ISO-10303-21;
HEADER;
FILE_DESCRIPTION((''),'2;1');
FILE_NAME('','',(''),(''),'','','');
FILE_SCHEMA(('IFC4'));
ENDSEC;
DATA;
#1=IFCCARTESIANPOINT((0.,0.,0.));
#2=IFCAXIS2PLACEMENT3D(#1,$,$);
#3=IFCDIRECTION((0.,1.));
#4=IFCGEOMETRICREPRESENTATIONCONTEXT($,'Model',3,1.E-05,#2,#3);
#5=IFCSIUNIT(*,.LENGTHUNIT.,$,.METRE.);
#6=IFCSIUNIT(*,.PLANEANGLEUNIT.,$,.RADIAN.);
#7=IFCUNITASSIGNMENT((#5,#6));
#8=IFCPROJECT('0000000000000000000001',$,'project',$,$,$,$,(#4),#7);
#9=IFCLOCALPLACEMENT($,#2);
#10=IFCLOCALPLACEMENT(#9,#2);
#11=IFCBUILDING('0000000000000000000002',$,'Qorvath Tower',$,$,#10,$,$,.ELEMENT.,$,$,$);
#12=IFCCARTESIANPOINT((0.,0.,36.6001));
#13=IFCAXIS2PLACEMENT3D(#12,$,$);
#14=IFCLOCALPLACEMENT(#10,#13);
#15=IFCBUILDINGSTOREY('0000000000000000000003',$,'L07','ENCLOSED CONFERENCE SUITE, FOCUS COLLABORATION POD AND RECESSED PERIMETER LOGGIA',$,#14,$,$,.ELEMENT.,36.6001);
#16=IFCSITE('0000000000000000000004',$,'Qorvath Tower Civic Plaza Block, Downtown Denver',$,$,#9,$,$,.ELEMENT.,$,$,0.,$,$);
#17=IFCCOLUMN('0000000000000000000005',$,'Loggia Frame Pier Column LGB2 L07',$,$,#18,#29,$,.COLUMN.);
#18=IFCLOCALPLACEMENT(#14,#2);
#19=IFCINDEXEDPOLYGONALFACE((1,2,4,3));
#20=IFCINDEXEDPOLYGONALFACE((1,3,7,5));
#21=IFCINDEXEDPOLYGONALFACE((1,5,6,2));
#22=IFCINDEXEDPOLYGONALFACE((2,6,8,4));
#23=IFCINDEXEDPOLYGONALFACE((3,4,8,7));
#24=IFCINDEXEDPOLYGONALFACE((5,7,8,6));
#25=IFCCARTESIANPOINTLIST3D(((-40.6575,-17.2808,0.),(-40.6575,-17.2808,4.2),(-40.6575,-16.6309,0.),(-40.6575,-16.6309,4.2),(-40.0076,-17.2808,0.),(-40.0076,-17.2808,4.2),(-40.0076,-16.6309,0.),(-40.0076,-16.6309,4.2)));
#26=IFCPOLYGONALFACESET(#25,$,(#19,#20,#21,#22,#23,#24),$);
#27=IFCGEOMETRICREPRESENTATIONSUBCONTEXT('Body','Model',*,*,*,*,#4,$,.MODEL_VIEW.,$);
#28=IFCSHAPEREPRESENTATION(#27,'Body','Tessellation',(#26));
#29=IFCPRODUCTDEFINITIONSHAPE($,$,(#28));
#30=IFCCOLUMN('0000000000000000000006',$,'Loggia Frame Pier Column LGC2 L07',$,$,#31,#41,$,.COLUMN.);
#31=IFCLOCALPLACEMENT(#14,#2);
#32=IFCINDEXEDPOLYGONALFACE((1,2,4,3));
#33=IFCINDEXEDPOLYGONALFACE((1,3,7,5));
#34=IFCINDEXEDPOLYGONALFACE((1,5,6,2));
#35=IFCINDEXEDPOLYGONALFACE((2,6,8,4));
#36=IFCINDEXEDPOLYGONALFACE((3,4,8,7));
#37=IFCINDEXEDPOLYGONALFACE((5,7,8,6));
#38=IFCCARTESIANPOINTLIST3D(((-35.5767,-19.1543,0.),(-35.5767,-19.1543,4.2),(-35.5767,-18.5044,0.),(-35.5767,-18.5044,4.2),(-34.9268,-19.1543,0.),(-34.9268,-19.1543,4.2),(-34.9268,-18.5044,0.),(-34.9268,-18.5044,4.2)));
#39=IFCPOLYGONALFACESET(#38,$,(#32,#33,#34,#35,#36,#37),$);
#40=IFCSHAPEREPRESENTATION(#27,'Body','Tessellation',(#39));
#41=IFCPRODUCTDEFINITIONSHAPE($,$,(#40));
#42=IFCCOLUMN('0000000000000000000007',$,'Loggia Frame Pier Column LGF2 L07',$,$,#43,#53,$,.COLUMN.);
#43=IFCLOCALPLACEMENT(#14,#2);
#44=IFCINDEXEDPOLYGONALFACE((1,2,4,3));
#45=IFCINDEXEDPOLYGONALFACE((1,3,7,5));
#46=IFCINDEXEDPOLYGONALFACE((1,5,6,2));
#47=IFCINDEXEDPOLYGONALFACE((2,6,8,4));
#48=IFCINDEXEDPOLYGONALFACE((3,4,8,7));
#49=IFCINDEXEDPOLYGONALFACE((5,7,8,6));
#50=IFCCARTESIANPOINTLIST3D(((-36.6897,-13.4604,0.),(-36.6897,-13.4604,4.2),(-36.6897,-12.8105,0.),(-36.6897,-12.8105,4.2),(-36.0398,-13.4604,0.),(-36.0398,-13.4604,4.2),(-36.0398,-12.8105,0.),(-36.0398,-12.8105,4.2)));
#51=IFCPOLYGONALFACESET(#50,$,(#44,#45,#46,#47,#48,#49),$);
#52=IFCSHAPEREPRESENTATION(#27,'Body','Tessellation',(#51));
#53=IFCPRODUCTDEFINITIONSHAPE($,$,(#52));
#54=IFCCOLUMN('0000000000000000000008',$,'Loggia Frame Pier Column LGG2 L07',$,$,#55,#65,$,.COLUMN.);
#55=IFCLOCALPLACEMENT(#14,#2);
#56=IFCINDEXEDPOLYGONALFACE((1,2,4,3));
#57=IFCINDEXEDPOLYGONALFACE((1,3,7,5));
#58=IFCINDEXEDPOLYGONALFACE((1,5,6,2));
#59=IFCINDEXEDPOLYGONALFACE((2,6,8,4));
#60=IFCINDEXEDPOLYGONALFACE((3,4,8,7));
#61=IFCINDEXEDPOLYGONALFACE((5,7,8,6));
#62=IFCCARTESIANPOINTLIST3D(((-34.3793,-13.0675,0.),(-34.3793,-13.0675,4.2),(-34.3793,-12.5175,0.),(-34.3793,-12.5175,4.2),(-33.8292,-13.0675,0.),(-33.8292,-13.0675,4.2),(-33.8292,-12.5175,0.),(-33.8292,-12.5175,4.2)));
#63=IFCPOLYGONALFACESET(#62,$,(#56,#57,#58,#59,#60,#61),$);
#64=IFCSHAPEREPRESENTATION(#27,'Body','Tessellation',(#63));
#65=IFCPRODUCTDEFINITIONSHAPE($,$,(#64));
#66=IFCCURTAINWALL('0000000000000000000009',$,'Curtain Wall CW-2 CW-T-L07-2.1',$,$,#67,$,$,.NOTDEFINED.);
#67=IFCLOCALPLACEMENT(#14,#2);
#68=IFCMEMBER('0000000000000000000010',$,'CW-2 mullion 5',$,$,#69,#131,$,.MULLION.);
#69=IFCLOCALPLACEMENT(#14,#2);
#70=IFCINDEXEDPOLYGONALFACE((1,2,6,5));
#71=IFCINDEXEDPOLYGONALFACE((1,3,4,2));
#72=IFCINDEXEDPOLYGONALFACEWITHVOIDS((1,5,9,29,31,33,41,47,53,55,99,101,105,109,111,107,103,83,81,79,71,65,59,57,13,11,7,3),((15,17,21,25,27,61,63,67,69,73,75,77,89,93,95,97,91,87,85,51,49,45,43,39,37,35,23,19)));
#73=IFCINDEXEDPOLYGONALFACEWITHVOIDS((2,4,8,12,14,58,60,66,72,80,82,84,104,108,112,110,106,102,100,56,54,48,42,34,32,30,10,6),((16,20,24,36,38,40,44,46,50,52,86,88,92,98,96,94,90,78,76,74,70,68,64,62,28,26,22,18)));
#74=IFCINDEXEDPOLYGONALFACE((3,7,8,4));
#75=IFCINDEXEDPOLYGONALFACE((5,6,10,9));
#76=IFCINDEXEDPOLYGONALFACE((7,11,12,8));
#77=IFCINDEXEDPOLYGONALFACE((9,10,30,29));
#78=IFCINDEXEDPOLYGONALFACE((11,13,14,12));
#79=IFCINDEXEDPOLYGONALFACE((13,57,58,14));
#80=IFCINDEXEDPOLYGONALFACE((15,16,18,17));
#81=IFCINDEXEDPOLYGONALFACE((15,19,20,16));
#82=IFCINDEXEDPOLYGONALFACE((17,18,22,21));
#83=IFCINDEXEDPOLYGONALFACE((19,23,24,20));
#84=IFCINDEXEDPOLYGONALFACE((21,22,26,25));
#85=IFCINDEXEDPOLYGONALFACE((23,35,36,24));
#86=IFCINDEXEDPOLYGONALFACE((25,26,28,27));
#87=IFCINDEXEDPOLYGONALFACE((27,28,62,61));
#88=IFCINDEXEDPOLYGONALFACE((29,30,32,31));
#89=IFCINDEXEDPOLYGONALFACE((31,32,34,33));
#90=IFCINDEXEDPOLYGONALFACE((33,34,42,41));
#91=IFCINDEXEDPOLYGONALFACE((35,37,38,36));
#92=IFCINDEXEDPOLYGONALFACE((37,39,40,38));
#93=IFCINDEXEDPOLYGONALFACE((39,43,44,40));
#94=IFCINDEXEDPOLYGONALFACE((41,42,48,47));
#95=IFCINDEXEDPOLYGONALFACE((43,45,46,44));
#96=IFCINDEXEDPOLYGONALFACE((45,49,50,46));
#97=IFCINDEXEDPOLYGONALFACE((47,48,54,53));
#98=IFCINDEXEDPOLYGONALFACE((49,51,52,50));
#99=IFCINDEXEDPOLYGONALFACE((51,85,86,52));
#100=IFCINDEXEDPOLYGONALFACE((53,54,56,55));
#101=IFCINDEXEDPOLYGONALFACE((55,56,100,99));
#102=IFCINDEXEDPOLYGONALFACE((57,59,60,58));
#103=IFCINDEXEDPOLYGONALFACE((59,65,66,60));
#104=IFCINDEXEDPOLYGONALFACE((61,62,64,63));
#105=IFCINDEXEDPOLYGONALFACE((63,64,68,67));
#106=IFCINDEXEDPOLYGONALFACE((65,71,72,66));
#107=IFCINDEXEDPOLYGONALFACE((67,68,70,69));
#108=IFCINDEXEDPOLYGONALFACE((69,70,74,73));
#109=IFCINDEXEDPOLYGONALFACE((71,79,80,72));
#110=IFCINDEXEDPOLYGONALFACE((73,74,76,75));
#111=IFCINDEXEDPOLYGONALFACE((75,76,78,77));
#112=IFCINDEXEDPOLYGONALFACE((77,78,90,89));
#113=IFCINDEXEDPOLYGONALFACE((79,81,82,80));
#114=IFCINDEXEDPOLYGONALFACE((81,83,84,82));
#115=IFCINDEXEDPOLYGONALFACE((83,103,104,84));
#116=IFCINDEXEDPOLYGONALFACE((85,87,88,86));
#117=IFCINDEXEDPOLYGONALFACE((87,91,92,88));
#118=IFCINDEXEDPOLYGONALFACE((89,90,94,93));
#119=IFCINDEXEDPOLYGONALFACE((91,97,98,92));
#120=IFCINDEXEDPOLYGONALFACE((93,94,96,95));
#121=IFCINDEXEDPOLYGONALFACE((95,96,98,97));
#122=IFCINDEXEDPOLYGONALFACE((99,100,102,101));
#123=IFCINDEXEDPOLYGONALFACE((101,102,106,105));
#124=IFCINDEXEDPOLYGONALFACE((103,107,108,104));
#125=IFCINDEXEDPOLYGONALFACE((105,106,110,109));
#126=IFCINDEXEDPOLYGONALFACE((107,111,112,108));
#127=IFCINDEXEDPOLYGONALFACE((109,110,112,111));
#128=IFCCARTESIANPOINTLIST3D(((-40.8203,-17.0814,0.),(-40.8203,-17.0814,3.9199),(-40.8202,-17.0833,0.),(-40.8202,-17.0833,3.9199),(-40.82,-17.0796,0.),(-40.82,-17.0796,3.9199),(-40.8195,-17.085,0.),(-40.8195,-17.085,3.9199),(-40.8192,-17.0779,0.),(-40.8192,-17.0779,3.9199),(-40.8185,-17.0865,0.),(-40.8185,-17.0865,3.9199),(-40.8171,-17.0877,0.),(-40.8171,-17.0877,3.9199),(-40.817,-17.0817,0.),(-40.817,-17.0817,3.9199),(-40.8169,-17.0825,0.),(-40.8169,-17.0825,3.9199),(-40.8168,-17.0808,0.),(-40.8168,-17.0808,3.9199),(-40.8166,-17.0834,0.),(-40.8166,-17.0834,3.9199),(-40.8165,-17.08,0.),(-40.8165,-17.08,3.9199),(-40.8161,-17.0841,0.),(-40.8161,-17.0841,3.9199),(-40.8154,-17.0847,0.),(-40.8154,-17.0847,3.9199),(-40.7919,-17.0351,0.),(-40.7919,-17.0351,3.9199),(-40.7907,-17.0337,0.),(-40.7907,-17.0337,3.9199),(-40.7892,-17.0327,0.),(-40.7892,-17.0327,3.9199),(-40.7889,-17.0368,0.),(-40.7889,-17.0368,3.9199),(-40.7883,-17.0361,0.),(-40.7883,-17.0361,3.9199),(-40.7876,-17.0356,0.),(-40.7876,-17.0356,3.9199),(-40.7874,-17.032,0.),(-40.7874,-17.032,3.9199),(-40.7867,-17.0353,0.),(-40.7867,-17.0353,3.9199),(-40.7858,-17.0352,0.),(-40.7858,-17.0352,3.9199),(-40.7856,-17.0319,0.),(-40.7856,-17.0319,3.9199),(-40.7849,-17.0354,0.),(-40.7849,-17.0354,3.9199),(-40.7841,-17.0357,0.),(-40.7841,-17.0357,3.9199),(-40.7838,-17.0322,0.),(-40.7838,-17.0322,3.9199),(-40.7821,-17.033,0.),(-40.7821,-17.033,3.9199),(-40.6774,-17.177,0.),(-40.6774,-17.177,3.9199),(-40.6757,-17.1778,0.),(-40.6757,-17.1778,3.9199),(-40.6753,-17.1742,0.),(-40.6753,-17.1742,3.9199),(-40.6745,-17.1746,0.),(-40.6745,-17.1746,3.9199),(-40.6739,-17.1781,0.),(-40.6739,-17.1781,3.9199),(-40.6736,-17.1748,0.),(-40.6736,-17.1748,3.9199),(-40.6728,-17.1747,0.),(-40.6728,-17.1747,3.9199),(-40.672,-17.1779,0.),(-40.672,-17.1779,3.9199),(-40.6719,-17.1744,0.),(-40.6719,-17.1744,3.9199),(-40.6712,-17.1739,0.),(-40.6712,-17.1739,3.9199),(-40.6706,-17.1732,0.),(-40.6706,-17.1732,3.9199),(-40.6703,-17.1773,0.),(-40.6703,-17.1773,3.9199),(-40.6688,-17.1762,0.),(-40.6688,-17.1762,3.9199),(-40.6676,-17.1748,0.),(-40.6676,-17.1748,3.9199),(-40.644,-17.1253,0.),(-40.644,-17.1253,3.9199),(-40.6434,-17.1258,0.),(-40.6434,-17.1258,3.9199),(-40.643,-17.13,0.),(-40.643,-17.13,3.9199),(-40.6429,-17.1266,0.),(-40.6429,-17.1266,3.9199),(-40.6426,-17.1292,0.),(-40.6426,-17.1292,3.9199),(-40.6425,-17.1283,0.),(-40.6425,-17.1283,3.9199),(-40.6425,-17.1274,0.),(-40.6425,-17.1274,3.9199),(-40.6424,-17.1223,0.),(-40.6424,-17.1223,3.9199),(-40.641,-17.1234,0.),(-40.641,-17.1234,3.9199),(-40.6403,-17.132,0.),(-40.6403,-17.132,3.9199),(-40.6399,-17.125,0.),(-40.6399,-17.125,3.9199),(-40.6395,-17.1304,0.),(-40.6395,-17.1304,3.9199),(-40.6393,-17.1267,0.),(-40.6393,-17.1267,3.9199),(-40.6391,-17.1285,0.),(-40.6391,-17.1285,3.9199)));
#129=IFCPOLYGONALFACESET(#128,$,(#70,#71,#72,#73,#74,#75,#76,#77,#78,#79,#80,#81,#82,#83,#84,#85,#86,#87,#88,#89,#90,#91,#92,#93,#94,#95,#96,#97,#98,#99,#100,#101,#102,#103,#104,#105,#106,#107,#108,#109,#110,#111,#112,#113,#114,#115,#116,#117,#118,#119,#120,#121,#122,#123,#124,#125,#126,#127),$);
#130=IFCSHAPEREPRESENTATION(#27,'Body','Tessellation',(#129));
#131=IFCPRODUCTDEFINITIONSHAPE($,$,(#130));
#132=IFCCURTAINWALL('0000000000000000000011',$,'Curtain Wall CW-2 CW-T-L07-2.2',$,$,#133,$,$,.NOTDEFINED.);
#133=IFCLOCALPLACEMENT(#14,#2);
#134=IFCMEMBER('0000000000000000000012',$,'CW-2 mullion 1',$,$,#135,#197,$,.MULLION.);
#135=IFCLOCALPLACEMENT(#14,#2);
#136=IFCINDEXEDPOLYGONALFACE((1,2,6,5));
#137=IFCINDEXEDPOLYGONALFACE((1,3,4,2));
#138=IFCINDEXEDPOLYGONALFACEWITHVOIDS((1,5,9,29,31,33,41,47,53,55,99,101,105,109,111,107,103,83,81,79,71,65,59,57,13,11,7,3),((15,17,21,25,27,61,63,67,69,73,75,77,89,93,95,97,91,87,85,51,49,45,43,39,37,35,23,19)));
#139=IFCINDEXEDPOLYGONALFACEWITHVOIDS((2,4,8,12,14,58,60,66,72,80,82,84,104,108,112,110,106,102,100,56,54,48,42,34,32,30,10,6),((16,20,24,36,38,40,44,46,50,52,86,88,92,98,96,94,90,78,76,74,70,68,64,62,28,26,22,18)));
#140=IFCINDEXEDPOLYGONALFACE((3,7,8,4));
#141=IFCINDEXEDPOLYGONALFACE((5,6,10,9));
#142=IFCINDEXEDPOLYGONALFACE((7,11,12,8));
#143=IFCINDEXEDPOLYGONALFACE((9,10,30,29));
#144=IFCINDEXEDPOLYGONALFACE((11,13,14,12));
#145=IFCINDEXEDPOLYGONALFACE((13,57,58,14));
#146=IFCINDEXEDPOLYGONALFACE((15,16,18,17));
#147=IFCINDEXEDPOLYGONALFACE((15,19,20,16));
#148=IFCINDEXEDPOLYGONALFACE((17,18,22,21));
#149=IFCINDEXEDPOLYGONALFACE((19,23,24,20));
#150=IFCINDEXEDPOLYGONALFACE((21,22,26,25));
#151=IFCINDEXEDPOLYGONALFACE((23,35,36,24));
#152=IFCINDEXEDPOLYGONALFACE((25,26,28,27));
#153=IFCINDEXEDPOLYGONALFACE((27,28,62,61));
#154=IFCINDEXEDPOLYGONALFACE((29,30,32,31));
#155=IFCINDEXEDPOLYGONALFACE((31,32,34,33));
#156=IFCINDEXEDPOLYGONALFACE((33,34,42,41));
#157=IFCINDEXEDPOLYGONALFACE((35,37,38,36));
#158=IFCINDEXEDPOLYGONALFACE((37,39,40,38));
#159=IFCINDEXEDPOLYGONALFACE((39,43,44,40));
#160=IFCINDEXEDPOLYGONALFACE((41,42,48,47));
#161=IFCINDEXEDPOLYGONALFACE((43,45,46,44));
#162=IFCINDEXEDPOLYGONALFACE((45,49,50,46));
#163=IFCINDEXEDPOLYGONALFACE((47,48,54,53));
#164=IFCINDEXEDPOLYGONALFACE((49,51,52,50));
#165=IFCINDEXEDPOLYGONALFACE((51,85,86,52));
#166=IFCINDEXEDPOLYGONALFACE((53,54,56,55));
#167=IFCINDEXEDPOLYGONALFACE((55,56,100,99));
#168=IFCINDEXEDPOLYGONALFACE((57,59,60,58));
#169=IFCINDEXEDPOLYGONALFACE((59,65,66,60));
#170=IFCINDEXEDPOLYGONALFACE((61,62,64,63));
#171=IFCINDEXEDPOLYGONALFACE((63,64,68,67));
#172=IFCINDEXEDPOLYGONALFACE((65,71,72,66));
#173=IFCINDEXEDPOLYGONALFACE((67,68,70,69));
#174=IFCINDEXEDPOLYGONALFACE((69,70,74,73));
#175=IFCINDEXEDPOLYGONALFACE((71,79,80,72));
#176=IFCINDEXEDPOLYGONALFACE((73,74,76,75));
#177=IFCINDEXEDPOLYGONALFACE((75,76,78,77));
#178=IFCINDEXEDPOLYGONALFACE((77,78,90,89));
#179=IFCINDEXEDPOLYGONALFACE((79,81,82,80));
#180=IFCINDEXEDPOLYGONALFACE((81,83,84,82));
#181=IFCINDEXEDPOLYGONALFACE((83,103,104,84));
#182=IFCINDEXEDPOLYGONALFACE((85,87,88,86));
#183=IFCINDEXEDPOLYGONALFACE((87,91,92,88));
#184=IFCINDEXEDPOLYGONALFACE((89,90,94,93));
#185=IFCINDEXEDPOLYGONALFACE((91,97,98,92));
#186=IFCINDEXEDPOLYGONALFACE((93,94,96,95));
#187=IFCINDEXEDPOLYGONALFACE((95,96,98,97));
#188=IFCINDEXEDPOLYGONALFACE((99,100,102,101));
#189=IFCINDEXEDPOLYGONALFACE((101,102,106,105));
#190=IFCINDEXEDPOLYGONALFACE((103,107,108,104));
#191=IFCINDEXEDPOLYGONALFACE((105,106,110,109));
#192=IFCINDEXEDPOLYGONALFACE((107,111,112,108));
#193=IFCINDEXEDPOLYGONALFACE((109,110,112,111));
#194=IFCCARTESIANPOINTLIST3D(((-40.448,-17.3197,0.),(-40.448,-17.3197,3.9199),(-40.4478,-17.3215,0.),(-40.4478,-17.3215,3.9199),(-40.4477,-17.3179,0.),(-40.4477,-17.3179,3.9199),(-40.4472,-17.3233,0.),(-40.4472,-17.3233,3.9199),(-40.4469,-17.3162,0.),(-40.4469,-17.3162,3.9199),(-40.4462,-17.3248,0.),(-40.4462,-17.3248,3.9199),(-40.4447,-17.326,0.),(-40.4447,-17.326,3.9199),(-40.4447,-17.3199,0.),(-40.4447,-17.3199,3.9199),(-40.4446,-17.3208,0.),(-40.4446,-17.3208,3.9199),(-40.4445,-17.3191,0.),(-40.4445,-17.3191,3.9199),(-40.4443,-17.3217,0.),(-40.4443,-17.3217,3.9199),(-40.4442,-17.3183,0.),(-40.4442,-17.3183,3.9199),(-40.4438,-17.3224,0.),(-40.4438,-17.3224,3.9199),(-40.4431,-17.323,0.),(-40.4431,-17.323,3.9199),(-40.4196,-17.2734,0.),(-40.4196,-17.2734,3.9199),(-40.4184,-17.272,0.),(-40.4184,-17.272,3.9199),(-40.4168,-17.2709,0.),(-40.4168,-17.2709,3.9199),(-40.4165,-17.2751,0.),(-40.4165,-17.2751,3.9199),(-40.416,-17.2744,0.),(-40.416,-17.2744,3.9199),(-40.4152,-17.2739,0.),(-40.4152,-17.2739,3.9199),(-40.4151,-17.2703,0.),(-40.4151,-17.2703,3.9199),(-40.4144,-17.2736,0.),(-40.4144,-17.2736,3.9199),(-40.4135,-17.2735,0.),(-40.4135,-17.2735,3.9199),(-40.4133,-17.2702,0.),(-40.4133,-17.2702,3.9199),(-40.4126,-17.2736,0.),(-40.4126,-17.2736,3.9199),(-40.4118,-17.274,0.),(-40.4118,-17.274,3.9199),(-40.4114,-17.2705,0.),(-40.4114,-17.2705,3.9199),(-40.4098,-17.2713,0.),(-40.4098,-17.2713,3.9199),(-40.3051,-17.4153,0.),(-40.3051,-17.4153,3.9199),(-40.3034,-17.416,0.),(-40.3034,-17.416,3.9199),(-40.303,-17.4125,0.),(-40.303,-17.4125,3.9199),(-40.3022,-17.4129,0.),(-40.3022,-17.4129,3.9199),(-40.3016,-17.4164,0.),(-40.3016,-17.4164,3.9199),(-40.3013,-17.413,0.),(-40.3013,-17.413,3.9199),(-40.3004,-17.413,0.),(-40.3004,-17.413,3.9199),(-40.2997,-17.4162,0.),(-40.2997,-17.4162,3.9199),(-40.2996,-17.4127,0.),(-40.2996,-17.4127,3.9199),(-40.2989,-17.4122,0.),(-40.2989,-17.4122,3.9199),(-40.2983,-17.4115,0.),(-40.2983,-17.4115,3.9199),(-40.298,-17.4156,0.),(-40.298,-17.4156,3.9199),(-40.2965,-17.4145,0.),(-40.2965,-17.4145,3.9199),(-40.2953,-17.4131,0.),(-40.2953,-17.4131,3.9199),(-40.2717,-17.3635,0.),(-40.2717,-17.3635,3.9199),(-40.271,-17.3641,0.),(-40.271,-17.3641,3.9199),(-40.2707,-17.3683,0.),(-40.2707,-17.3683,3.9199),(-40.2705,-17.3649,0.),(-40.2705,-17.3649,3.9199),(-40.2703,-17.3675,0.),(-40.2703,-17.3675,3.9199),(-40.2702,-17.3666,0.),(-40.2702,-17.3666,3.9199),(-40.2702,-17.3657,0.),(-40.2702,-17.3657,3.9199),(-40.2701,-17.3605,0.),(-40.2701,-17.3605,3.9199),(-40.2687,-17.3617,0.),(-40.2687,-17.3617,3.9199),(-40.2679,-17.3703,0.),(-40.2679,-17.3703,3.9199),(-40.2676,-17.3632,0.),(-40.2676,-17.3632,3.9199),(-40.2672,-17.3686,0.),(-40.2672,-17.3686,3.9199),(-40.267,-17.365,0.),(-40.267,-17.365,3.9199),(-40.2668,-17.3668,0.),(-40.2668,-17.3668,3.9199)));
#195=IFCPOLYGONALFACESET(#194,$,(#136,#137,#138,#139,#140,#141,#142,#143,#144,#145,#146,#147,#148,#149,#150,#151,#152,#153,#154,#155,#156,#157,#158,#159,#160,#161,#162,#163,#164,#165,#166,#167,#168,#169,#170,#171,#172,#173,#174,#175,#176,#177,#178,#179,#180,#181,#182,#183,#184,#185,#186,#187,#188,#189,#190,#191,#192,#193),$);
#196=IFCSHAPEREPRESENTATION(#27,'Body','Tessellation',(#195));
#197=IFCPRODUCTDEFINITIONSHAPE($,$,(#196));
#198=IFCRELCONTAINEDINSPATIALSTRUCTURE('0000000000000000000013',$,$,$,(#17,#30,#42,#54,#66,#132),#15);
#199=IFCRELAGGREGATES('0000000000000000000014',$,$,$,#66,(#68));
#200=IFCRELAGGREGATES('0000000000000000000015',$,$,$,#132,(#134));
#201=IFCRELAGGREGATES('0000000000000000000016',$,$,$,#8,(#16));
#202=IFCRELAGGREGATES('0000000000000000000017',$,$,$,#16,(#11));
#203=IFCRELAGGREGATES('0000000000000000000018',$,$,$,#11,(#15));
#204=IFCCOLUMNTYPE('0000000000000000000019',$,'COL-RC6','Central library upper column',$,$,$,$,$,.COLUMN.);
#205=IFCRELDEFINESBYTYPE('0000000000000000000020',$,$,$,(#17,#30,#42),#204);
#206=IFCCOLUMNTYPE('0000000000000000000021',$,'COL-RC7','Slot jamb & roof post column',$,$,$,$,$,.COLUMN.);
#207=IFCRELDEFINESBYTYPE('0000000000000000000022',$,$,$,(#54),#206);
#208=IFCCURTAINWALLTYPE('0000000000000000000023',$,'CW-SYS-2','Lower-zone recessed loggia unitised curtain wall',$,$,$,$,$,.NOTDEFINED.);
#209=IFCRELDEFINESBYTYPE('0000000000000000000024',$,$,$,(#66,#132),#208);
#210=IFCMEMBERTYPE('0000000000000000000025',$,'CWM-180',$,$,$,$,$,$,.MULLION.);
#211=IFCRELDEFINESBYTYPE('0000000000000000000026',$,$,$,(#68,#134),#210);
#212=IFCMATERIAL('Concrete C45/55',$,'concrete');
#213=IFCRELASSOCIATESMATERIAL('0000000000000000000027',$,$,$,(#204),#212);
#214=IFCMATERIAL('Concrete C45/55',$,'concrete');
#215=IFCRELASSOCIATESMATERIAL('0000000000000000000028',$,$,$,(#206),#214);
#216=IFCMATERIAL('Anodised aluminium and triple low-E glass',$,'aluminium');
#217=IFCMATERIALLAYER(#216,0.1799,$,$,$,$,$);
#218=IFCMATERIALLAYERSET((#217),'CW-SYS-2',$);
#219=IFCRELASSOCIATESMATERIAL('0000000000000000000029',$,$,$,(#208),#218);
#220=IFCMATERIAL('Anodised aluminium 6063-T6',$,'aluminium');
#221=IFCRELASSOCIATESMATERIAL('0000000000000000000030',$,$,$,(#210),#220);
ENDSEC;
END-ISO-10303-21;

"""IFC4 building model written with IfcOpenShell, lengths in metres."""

from ifc_helpers import new_model, si_unit, direction, frame, origin, origin_2d, place, context, subcontext, project, spatial, rectangle, hollow_rectangle, extrude, material, layer, layer_set, material_profile, profile_set, type_object, element, aggregate, save


model = new_model("IFC4")

# Units and contexts
model_context = context("Model", 3, precision=1e-05, world=origin(), true_north=direction((0.0, 1.0)))
body_context = subcontext(model_context, "Body", "Model", "MODEL_VIEW")
ifc_project = project(units=[si_unit("LENGTHUNIT", "METRE"), si_unit("PLANEANGLEUNIT", "RADIAN")], contexts=[model_context])

# Site, building, storey
site_placement = place(None, origin())
site = spatial("IfcSite", under=ifc_project, at=site_placement, Name="Qorvath Tower Civic Plaza Block, Downtown Denver", CompositionType="ELEMENT", RefElevation=0.0)
building_placement = place(site_placement, origin())
building = spatial("IfcBuilding", under=site, at=building_placement, Name="Qorvath Tower", CompositionType="ELEMENT")
storey_placement = place(building_placement, frame((0.0, 0.0, 36.6001)))
storey = spatial("IfcBuildingStorey", under=building, at=storey_placement, Name="L07", Description="ENCLOSED CONFERENCE SUITE, FOCUS COLLABORATION POD AND RECESSED PERIMETER LOGGIA", CompositionType="ELEMENT", Elevation=36.6001)

# Columns
ifc_material_1 = material(Name="Concrete C45/55", Category="concrete")
ifc_material_profile_1 = material_profile(ifc_material_1, rectangle(XDim=0.6499, YDim=0.6499, at=origin_2d()), Name="RC 650x650")
ifc_profile_set_1 = profile_set([ifc_material_profile_1], Name="Concrete C45/55")
column_type_1 = type_object("IfcColumnType", Name="COL-RC6", Description="Central library upper column", PredefinedType="COLUMN", material=ifc_profile_set_1)
for number, where, z_axis, x_axis, name in (
    (1, (-40.3325, -16.9558, 0.0), (0.0, 0.0, 1.0), (1.0, 0.0, 0.0), "Loggia Frame Pier Column LGB2 L07"),
    (2, (-35.2517, -18.8293, 0.0), (0.0, 0.0, 1.0), (1.0, 0.0, 0.0), "Loggia Frame Pier Column LGC2 L07"),
    (3, (-36.3647, -13.1355, 0.0), (0.0, 0.0, 1.0), (1.0, 0.0, 0.0), "Loggia Frame Pier Column LGF2 L07"),
):
    element("IfcColumn", number, at=place(storey_placement, frame(where, z_axis=z_axis, x_axis=x_axis)), inside=storey, type_object=column_type_1, Name=name, PredefinedType="COLUMN", context=body_context, shape_type="SweptSolid", body=[
        extrude(rectangle(XDim=0.6499, YDim=0.6499, at=origin_2d()), origin(), (0.0, 0.0, 1.0), 4.2),
    ])
ifc_material_2 = material(Name="Concrete C45/55", Category="concrete")
ifc_material_profile_2 = material_profile(ifc_material_2, rectangle(XDim=0.55, YDim=0.55, at=origin_2d()), Name="RC 550x550")
ifc_profile_set_2 = profile_set([ifc_material_profile_2], Name="Concrete C45/55")
column_type_2 = type_object("IfcColumnType", Name="COL-RC7", Description="Slot jamb & roof post column", PredefinedType="COLUMN", material=ifc_profile_set_2)
column_placement = place(storey_placement, frame((-34.1042, -12.7925, 0.0), z_axis=(0.0, 0.0, 1.0), x_axis=(1.0, 0.0, 0.0)))
element("IfcColumn", 4, at=column_placement, inside=storey, type_object=column_type_2, Name="Loggia Frame Pier Column LGG2 L07", PredefinedType="COLUMN", context=body_context, shape_type="SweptSolid", body=[
    extrude(rectangle(XDim=0.55, YDim=0.55, at=origin_2d()), origin(), (0.0, 0.0, 1.0), 4.2),
])

# Curtain wall, member
ifc_material_3 = material(Name="Anodised aluminium and triple low-E glass", Category="aluminium")
ifc_layer_1 = layer(ifc_material_3, 0.1799)
ifc_layer_set_1 = layer_set([ifc_layer_1], Name="CW-SYS-2")
curtain_wall_type = type_object("IfcCurtainWallType", Name="CW-SYS-2", Description="Lower-zone recessed loggia unitised curtain wall", PredefinedType="NOTDEFINED", material=ifc_layer_set_1)
curtain_wall_1_placement = place(storey_placement, origin())
curtain_wall_1 = element("IfcCurtainWall", 5, at=curtain_wall_1_placement, inside=storey, type_object=curtain_wall_type, Name="Curtain Wall CW-2 CW-T-L07-2.1", PredefinedType="NOTDEFINED")
ifc_material_4 = material(Name="Anodised aluminium 6063-T6", Category="aluminium")
ifc_material_profile_3 = material_profile(ifc_material_4, hollow_rectangle(XDim=0.0649, YDim=0.1799, WallThickness=0.0034, InnerFilletRadius=0.0034, OuterFilletRadius=0.0071, at=origin_2d()), Name="CWM 180x65")
ifc_profile_set_3 = profile_set([ifc_material_profile_3], Name="Anodised aluminium 6063-T6")
member_type_1 = type_object("IfcMemberType", Name="CWM-180", PredefinedType="MULLION", material=ifc_profile_set_3)
member_1_placement = place(storey_placement, frame((-40.7297, -17.105, 0.0), z_axis=(0.0, 0.0, 1.0), x_axis=(0.538529, 0.842607, 0.0)))
member_1 = element("IfcMember", 6, at=member_1_placement, type_object=member_type_1, Name="CW-2 mullion 5", PredefinedType="MULLION", context=body_context, shape_type="SweptSolid", body=[
    extrude(hollow_rectangle(XDim=0.0649, YDim=0.1799, WallThickness=0.0034, InnerFilletRadius=0.0034, OuterFilletRadius=0.0071, at=origin_2d()), origin(), (0.0, 0.0, 1.0), 3.9199),
])
aggregate(curtain_wall_1, [member_1])

# Curtain wall, member
curtain_wall_2_placement = place(storey_placement, origin())
curtain_wall_2 = element("IfcCurtainWall", 7, at=curtain_wall_2_placement, inside=storey, type_object=curtain_wall_type, Name="Curtain Wall CW-2 CW-T-L07-2.2", PredefinedType="NOTDEFINED")
member_2_placement = place(storey_placement, frame((-40.3574, -17.3433, 0.0), z_axis=(0.0, 0.0, 1.0), x_axis=(0.538533, 0.842605, 0.0)))
member_2 = element("IfcMember", 8, at=member_2_placement, type_object=member_type_1, Name="CW-2 mullion 1", PredefinedType="MULLION", context=body_context, shape_type="SweptSolid", body=[
    extrude(hollow_rectangle(XDim=0.0649, YDim=0.1799, WallThickness=0.0034, InnerFilletRadius=0.0034, OuterFilletRadius=0.0071, at=origin_2d()), origin(), (0.0, 0.0, 1.0), 3.9199),
])
aggregate(curtain_wall_2, [member_2])

save(model, "model.ifc")
